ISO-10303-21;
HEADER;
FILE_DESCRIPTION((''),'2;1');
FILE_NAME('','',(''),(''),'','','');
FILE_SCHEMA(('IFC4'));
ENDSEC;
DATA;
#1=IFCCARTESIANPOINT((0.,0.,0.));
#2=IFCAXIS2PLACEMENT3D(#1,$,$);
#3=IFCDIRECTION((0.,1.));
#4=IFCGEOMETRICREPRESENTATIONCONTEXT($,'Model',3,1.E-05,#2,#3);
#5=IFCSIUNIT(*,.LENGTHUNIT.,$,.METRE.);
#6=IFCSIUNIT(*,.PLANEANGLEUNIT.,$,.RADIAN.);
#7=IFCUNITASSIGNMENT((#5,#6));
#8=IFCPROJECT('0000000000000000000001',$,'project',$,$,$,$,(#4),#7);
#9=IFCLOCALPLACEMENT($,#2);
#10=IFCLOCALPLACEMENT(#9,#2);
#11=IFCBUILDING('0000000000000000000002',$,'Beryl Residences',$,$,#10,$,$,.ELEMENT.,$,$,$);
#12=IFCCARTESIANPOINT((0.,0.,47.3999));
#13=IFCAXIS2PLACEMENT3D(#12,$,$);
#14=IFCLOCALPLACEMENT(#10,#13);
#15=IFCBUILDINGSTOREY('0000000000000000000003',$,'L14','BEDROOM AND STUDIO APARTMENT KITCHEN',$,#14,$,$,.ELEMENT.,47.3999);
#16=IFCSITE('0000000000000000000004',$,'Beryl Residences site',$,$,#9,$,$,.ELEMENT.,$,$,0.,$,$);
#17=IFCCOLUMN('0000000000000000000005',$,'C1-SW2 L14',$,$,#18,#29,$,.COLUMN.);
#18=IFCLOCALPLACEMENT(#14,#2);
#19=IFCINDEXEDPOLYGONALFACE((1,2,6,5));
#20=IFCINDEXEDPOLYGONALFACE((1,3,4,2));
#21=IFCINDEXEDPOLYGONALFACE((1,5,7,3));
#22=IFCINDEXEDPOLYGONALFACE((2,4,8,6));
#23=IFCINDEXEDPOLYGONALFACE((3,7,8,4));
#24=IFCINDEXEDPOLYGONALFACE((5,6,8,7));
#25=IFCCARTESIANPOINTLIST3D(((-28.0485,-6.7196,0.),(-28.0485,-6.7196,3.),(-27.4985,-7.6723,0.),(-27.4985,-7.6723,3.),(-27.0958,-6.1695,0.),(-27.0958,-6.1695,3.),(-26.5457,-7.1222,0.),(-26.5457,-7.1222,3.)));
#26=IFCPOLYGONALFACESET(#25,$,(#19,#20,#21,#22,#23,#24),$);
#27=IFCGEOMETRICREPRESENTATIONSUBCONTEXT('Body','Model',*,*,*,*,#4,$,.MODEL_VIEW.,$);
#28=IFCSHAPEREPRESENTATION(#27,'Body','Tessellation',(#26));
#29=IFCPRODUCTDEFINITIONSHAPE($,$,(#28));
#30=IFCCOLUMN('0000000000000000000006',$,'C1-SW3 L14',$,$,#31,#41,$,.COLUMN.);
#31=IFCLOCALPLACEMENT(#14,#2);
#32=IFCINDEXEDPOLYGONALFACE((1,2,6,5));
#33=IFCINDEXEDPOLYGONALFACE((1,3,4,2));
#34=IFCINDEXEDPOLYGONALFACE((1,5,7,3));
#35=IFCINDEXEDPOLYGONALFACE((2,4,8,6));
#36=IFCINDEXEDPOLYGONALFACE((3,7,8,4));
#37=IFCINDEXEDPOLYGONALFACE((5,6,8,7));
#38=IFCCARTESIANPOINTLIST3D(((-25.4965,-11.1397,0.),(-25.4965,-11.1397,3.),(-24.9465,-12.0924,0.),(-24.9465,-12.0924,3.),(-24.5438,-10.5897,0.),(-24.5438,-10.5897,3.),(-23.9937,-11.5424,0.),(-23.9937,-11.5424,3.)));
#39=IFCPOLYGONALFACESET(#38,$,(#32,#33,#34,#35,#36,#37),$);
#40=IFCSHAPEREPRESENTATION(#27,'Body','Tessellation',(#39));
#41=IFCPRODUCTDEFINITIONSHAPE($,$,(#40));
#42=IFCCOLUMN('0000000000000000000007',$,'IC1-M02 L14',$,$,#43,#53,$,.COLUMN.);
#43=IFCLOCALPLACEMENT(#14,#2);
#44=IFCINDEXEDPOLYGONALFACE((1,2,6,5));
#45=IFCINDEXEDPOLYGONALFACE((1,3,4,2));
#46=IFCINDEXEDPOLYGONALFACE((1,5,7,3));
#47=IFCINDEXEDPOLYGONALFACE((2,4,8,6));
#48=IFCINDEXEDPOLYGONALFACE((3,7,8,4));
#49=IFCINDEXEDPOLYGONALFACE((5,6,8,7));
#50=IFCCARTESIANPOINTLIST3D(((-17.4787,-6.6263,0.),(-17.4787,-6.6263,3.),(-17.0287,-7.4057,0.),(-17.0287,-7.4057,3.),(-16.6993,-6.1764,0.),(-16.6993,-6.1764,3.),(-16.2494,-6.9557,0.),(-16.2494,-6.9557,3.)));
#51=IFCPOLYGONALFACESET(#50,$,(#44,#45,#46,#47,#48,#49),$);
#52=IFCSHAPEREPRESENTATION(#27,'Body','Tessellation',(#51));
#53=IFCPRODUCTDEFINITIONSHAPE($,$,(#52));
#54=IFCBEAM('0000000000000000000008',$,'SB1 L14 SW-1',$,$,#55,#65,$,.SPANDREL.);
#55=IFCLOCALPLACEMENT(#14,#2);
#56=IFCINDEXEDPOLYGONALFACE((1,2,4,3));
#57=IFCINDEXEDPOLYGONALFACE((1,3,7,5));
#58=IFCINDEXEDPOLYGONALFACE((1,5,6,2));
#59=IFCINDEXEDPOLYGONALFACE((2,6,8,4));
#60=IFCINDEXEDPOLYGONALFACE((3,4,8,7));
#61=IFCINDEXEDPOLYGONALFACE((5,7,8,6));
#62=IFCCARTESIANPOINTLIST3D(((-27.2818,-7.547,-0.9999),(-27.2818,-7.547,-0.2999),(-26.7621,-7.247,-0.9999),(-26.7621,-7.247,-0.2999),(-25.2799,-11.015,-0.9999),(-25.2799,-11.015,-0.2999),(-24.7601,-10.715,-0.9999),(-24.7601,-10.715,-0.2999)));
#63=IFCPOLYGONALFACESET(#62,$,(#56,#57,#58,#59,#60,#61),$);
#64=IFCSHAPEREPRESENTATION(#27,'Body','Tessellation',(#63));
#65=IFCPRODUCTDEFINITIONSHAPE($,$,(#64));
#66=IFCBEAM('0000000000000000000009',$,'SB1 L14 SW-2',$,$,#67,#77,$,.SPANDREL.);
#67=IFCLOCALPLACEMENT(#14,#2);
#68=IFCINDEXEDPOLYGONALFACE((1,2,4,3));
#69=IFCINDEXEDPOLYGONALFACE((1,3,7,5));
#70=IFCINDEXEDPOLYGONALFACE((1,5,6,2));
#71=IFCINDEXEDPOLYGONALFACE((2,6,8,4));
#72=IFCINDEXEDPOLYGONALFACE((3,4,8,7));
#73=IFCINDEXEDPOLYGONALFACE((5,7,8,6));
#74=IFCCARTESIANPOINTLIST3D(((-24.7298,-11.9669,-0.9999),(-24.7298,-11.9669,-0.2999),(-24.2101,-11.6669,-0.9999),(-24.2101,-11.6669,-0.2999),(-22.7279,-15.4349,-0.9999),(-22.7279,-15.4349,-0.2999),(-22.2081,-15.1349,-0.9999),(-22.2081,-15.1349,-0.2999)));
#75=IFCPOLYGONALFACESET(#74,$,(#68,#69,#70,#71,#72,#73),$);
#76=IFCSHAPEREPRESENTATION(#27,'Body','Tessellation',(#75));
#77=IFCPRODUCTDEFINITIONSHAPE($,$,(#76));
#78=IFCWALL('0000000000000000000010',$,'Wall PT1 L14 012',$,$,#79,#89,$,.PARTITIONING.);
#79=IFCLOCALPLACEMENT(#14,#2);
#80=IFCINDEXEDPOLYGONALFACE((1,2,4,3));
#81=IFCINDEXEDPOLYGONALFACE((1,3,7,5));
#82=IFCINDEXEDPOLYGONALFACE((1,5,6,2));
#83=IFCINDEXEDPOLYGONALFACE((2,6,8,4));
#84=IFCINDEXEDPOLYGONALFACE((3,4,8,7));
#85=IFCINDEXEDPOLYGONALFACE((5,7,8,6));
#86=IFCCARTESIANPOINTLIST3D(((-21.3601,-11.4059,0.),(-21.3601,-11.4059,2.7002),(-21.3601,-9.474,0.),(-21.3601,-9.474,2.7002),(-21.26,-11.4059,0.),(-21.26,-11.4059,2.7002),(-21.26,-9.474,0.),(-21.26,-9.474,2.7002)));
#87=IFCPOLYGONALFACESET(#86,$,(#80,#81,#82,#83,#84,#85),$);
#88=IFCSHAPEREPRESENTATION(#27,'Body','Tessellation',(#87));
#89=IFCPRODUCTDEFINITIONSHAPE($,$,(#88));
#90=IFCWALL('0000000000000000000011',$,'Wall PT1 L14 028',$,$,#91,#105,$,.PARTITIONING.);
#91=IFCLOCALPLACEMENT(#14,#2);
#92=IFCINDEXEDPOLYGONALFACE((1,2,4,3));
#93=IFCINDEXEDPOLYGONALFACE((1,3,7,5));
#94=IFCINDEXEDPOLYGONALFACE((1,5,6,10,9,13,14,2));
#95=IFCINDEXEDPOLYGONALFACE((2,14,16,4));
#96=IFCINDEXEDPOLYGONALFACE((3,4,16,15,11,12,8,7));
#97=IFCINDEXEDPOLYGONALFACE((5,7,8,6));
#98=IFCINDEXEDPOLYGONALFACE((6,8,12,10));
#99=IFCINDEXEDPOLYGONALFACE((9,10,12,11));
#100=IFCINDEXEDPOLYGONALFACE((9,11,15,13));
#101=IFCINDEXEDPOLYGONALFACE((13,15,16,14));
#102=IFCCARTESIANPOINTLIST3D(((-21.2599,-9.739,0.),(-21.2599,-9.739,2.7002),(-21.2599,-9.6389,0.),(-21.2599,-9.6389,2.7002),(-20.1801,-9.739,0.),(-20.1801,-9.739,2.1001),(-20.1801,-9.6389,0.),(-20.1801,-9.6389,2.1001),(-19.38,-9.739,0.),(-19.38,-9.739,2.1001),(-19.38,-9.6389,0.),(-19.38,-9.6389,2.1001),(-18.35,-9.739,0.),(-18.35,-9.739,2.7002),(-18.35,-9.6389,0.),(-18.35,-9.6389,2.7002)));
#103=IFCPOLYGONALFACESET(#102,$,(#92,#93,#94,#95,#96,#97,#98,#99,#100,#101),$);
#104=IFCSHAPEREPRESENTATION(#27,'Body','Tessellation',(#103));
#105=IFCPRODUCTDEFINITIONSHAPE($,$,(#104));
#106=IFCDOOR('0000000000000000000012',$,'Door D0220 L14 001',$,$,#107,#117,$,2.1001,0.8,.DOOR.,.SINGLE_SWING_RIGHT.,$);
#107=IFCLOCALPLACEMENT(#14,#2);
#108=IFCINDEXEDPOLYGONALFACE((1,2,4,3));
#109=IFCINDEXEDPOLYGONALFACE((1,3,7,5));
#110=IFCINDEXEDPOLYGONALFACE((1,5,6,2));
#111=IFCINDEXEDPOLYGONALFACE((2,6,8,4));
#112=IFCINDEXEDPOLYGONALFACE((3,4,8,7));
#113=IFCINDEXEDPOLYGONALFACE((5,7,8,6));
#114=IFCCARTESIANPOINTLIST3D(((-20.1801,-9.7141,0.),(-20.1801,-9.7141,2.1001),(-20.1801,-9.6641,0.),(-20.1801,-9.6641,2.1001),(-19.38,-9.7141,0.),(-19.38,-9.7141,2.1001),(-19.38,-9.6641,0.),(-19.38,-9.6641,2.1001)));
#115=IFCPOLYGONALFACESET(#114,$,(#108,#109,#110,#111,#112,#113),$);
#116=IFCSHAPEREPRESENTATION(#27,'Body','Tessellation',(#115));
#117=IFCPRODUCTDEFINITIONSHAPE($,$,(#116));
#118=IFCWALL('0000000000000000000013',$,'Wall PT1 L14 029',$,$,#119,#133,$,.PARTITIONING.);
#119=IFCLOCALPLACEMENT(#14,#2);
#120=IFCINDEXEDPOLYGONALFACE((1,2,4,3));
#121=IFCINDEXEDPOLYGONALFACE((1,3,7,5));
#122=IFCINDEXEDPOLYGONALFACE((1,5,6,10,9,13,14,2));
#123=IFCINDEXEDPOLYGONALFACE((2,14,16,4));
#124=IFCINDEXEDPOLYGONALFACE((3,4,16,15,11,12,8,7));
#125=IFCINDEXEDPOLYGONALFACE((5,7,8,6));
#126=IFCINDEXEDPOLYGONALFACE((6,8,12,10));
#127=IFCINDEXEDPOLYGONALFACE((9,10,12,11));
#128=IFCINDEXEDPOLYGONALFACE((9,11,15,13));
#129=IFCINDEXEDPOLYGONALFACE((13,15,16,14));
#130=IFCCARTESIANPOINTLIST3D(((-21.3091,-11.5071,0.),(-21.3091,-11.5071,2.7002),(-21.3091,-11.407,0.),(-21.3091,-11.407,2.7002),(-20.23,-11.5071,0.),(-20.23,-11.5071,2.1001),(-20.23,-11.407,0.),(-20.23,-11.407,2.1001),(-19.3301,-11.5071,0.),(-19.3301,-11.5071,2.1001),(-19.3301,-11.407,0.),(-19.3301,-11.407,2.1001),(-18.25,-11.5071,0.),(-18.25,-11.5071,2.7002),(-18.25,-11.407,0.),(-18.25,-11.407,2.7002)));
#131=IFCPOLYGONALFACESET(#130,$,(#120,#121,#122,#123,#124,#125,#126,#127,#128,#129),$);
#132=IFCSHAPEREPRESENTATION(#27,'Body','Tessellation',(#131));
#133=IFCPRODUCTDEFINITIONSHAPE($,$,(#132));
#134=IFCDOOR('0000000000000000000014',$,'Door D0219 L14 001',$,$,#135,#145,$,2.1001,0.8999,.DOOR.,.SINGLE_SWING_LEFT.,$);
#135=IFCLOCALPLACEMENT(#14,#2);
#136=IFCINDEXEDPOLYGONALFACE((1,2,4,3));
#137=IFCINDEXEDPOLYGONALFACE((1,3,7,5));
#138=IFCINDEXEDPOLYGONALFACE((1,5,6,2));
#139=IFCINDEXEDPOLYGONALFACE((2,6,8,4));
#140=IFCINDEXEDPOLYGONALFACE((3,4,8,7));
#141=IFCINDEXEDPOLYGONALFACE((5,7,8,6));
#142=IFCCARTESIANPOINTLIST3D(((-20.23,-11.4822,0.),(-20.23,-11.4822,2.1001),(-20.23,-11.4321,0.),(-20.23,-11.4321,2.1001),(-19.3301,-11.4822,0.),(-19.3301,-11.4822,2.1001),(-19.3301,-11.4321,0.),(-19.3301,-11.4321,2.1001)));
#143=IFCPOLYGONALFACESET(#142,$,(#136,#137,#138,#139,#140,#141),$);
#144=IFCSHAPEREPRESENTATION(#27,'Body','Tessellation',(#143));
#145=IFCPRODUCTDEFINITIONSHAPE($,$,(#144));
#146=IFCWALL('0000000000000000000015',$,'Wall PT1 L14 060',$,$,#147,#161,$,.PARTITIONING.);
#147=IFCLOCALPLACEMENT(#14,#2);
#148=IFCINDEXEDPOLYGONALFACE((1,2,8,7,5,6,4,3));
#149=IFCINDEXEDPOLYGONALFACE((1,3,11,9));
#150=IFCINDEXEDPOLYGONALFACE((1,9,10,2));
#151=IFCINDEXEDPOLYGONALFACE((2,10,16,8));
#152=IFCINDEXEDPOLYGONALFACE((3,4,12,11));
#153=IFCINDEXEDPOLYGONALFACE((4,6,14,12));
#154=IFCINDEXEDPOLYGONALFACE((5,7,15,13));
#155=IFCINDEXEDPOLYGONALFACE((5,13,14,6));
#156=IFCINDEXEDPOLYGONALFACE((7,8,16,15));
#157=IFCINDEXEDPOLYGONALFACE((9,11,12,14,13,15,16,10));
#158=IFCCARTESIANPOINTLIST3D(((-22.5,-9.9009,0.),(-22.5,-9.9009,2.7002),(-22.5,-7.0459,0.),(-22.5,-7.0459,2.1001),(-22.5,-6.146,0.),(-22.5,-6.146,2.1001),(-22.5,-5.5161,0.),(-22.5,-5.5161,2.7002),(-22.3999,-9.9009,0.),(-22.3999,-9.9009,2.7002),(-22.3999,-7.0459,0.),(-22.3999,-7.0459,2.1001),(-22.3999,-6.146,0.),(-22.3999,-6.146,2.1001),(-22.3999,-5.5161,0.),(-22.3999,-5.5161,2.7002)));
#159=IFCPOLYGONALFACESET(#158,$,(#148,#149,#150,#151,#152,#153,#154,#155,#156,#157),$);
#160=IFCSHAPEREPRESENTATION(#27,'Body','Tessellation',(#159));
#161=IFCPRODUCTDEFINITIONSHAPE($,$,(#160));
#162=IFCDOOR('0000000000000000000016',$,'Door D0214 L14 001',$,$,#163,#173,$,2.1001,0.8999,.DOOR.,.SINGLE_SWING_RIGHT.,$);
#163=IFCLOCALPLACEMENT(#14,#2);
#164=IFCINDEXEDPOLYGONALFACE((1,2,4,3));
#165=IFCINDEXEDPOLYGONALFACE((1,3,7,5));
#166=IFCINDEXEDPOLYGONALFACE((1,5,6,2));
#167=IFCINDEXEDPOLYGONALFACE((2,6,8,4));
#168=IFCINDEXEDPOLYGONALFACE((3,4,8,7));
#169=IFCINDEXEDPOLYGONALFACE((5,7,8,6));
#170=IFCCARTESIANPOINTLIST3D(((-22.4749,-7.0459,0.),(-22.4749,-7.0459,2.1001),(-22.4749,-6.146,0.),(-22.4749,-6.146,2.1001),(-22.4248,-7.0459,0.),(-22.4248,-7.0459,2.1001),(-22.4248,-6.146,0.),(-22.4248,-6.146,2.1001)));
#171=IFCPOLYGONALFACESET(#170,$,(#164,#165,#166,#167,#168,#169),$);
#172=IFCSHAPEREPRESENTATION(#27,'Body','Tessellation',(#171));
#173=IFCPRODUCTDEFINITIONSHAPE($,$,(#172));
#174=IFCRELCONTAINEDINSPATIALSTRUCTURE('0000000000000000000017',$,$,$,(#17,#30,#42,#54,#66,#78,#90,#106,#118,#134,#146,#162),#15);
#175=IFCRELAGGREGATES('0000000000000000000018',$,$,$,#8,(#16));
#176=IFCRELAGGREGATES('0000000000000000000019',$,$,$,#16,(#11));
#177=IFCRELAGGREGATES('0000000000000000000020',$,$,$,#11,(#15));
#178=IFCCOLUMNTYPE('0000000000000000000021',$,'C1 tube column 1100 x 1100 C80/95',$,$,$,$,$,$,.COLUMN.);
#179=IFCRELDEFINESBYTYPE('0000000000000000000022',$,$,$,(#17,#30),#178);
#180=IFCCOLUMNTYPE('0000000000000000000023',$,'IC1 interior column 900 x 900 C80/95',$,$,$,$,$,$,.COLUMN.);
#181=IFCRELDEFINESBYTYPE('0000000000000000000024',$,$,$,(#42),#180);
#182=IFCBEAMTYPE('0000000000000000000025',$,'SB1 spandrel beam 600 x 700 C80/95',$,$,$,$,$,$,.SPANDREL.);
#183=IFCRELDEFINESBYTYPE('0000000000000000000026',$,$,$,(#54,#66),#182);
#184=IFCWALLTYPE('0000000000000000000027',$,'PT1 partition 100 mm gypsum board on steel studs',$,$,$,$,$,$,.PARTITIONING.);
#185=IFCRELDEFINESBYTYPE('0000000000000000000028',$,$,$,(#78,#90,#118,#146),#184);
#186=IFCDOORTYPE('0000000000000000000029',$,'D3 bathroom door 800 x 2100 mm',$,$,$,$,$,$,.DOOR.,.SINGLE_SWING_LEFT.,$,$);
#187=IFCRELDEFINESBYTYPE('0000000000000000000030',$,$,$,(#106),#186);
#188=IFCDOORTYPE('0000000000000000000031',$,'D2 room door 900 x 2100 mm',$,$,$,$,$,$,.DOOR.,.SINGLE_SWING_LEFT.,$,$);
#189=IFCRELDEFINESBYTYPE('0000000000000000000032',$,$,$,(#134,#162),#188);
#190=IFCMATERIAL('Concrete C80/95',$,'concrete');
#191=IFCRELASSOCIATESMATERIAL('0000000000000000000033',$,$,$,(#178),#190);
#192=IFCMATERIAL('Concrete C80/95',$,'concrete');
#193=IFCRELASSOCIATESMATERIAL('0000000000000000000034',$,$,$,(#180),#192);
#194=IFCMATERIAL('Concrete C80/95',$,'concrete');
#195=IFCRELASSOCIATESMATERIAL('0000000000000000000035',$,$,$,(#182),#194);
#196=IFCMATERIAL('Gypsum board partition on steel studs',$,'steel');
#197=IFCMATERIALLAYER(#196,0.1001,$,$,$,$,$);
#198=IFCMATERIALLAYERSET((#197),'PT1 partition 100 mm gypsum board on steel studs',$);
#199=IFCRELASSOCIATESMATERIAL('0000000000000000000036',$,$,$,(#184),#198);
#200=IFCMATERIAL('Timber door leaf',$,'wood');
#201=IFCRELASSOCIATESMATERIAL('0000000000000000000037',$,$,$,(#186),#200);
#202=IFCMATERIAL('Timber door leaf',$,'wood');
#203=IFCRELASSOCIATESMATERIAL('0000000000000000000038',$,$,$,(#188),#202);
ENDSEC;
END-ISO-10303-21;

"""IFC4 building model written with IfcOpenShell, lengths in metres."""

from ifc_helpers import new_model, si_unit, direction, frame, frame_2d, origin, origin_2d, place, context, subcontext, project, spatial, rectangle, extrude, material, layer, layer_set, material_profile, profile_set, type_object, element, fill, save


model = new_model("IFC4")

# Units and contexts
model_context = context("Model", 3, precision=1e-05, world=origin(), true_north=direction((0.0, 1.0)))
body_context = subcontext(model_context, "Body", "Model", "MODEL_VIEW")
ifc_project = project(units=[si_unit("LENGTHUNIT", "METRE"), si_unit("PLANEANGLEUNIT", "RADIAN")], contexts=[model_context])

# Site, building, storey
site_placement = place(None, origin())
site = spatial("IfcSite", under=ifc_project, at=site_placement, Name="Beryl Residences site", CompositionType="ELEMENT", RefElevation=0.0)
building_placement = place(site_placement, origin())
building = spatial("IfcBuilding", under=site, at=building_placement, Name="Beryl Residences", CompositionType="ELEMENT")
storey_placement = place(building_placement, frame((0.0, 0.0, 47.3999)))
storey = spatial("IfcBuildingStorey", under=building, at=storey_placement, Name="L14", Description="BEDROOM AND STUDIO APARTMENT KITCHEN", CompositionType="ELEMENT", Elevation=47.3999)

# Columns
ifc_material_1 = material(Name="Concrete C80/95", Category="concrete")
ifc_material_profile_1 = material_profile(ifc_material_1, rectangle(XDim=1.1001, YDim=1.1001, at=origin_2d()))
ifc_profile_set_1 = profile_set([ifc_material_profile_1], Name="Concrete C80/95")
column_type_1 = type_object("IfcColumnType", Name="C1 tube column 1100 x 1100 C80/95", PredefinedType="COLUMN", material=ifc_profile_set_1)
for number, where, z_axis, x_axis, name in (
    (1, (-27.2971, -6.9209, 0.0), (0.0, 0.0, 1.0), (0.499985, -0.866034, 0.0), "C1-SW2 L14"),
    (2, (-24.7451, -11.3411, 0.0), (0.0, 0.0, 1.0), (0.499985, -0.866034, 0.0), "C1-SW3 L14"),
):
    element("IfcColumn", number, at=place(storey_placement, frame(where, z_axis=z_axis, x_axis=x_axis)), inside=storey, type_object=column_type_1, Name=name, PredefinedType="COLUMN", context=body_context, shape_type="SweptSolid", body=[
        extrude(rectangle(XDim=1.1001, YDim=1.1001, at=origin_2d()), origin(), (0.0, 0.0, 1.0), 3.0),
    ])
ifc_material_2 = material(Name="Concrete C80/95", Category="concrete")
ifc_material_profile_2 = material_profile(ifc_material_2, rectangle(XDim=0.8999, YDim=0.8999, at=origin_2d()))
ifc_profile_set_2 = profile_set([ifc_material_profile_2], Name="Concrete C80/95")
column_type_2 = type_object("IfcColumnType", Name="IC1 interior column 900 x 900 C80/95", PredefinedType="COLUMN", material=ifc_profile_set_2)
column_placement = place(storey_placement, frame((-16.864, -6.791, 0.0), z_axis=(0.0, 0.0, 1.0), x_axis=(0.499985, -0.866034, 0.0)))
element("IfcColumn", 3, at=column_placement, inside=storey, type_object=column_type_2, Name="IC1-M02 L14", PredefinedType="COLUMN", context=body_context, shape_type="SweptSolid", body=[
    extrude(rectangle(XDim=0.8999, YDim=0.8999, at=origin_2d()), origin(), (0.0, 0.0, 1.0), 3.0),
])

# Beams
ifc_material_3 = material(Name="Concrete C80/95", Category="concrete")
ifc_material_profile_3 = material_profile(ifc_material_3, rectangle(XDim=0.6001, YDim=0.7, at=origin_2d()))
ifc_profile_set_3 = profile_set([ifc_material_profile_3], Name="Concrete C80/95")
beam_type = type_object("IfcBeamType", Name="SB1 spandrel beam 600 x 700 C80/95", PredefinedType="SPANDREL", material=ifc_profile_set_3)
for number, where, z_axis, x_axis, name in (
    (4, (-27.022, -7.397, -0.6499), (0.499942, -0.866059, 0.0), (0.866059, 0.499942, 0.0), "SB1 L14 SW-1"),
    (5, (-24.47, -11.8169, -0.6499), (0.499942, -0.866059, 0.0), (0.866059, 0.499942, 0.0), "SB1 L14 SW-2"),
):
    element("IfcBeam", number, at=place(storey_placement, frame(where, z_axis=z_axis, x_axis=x_axis)), inside=storey, type_object=beam_type, Name=name, PredefinedType="SPANDREL", context=body_context, shape_type="SweptSolid", body=[
        extrude(rectangle(XDim=0.6001, YDim=0.7, at=origin_2d()), origin(), (0.0, 0.0, 1.0), 4.0044),
    ])

# Wall
ifc_material_4 = material(Name="Gypsum board partition on steel studs", Category="steel")
ifc_layer_1 = layer(ifc_material_4, 0.1001)
ifc_layer_set_1 = layer_set([ifc_layer_1], Name="PT1 partition 100 mm gypsum board on steel studs")
wall_type_1 = type_object("IfcWallType", Name="PT1 partition 100 mm gypsum board on steel studs", PredefinedType="PARTITIONING", material=ifc_layer_set_1)
wall_1_placement = place(storey_placement, frame((-21.3101, -9.4741, 0.0), z_axis=(0.0, 0.0, 1.0), x_axis=(0.0, -1.0, 0.0)))
element("IfcWall", 6, at=wall_1_placement, inside=storey, type_object=wall_type_1, Name="Wall PT1 L14 012", PredefinedType="PARTITIONING", context=body_context, shape_type="SweptSolid", body=[
    extrude(rectangle(XDim=1.9319, YDim=0.1001, at=frame_2d((0.9658, 0.0))), origin(), (0.0, 0.0, 1.0), 2.7002),
])

# Walls, openings, doors
wall_2_placement = place(storey_placement, frame((-21.26, -9.689, 0.0), z_axis=(0.0, 0.0, 1.0), x_axis=(1.0, 0.0, 0.0)))
wall_2 = element("IfcWall", 7, at=wall_2_placement, inside=storey, type_object=wall_type_1, Name="Wall PT1 L14 028", PredefinedType="PARTITIONING", context=body_context, shape_type="SweptSolid", body=[
    extrude(rectangle(XDim=2.9099, YDim=0.1001, at=frame_2d((1.4551, 0.0))), origin(), (0.0, 0.0, 1.0), 2.7002),
])
opening_1_placement = place(wall_2_placement, frame((1.0801, 0.0, 0.0)))
opening_1 = element("IfcOpeningElement", 8, at=opening_1_placement, cuts=wall_2, PredefinedType="OPENING", context=body_context, shape_type="SweptSolid", body=[
    extrude(rectangle(XDim=0.8, YDim=2.1001, at=frame_2d((0.3999, 1.05))), frame((0.0, 0.0601, 0.0), z_axis=(0.0, -1.0, 0.0), x_axis=(1.0, 0.0, 0.0)), (0.0, 0.0, 1.0), 0.1201),
])
ifc_material_5 = material(Name="Timber door leaf", Category="wood")
door_type_1 = type_object("IfcDoorType", Name="D3 bathroom door 800 x 2100 mm", OperationType="SINGLE_SWING_LEFT", PredefinedType="DOOR", material=ifc_material_5)
door_1_placement = place(opening_1_placement, origin())
door_1 = element("IfcDoor", 9, at=door_1_placement, inside=storey, type_object=door_type_1, Name="Door D0220 L14 001", OperationType="SINGLE_SWING_RIGHT", OverallHeight=2.1001, OverallWidth=0.8, PredefinedType="DOOR", context=body_context, shape_type="SweptSolid", body=[
    extrude(rectangle(XDim=0.8, YDim=2.1001, at=frame_2d((0.3999, 1.05))), frame((0.0, 0.0249, 0.0), z_axis=(0.0, -1.0, 0.0), x_axis=(1.0, 0.0, 0.0)), (0.0, 0.0, 1.0), 0.05),
])
fill(opening_1, door_1)
wall_3_placement = place(storey_placement, frame((-21.3091, -11.457, 0.0), z_axis=(0.0, 0.0, 1.0), x_axis=(1.0, 0.0, 0.0)))
wall_3 = element("IfcWall", 10, at=wall_3_placement, inside=storey, type_object=wall_type_1, Name="Wall PT1 L14 029", PredefinedType="PARTITIONING", context=body_context, shape_type="SweptSolid", body=[
    extrude(rectangle(XDim=3.0591, YDim=0.1001, at=frame_2d((1.5295, 0.0))), origin(), (0.0, 0.0, 1.0), 2.7002),
])
opening_2_placement = place(wall_3_placement, frame((1.0791, 0.0, 0.0)))
opening_2 = element("IfcOpeningElement", 11, at=opening_2_placement, cuts=wall_3, PredefinedType="OPENING", context=body_context, shape_type="SweptSolid", body=[
    extrude(rectangle(XDim=0.8999, YDim=2.1001, at=frame_2d((0.45, 1.05))), frame((0.0, 0.0601, 0.0), z_axis=(0.0, -1.0, 0.0), x_axis=(1.0, 0.0, 0.0)), (0.0, 0.0, 1.0), 0.1201),
])
ifc_material_6 = material(Name="Timber door leaf", Category="wood")
door_type_2 = type_object("IfcDoorType", Name="D2 room door 900 x 2100 mm", OperationType="SINGLE_SWING_LEFT", PredefinedType="DOOR", material=ifc_material_6)
door_2_placement = place(opening_2_placement, origin())
door_2 = element("IfcDoor", 12, at=door_2_placement, inside=storey, type_object=door_type_2, Name="Door D0219 L14 001", OperationType="SINGLE_SWING_LEFT", OverallHeight=2.1001, OverallWidth=0.8999, PredefinedType="DOOR", context=body_context, shape_type="SweptSolid", body=[
    extrude(rectangle(XDim=0.8999, YDim=2.1001, at=frame_2d((0.45, 1.05))), frame((0.0, 0.0249, 0.0), z_axis=(0.0, -1.0, 0.0), x_axis=(1.0, 0.0, 0.0)), (0.0, 0.0, 1.0), 0.05),
])
fill(opening_2, door_2)
wall_4_placement = place(storey_placement, frame((-22.45, -9.9009, 0.0), z_axis=(0.0, 0.0, 1.0), x_axis=(0.0, 1.0, 0.0)))
wall_4 = element("IfcWall", 13, at=wall_4_placement, inside=storey, type_object=wall_type_1, Name="Wall PT1 L14 060", PredefinedType="PARTITIONING", context=body_context, shape_type="SweptSolid", body=[
    extrude(rectangle(XDim=4.3848, YDim=0.1001, at=frame_2d((2.1924, 0.0))), origin(), (0.0, 0.0, 1.0), 2.7002),
])
opening_3_placement = place(wall_4_placement, frame((2.855, 0.0, 0.0)))
opening_3 = element("IfcOpeningElement", 14, at=opening_3_placement, cuts=wall_4, PredefinedType="OPENING", context=body_context, shape_type="SweptSolid", body=[
    extrude(rectangle(XDim=0.8999, YDim=2.1001, at=frame_2d((0.45, 1.05))), frame((0.0, 0.0601, 0.0), z_axis=(0.0, -1.0, 0.0), x_axis=(1.0, 0.0, 0.0)), (0.0, 0.0, 1.0), 0.1201),
])
door_3_placement = place(opening_3_placement, origin())
door_3 = element("IfcDoor", 15, at=door_3_placement, inside=storey, type_object=door_type_2, Name="Door D0214 L14 001", OperationType="SINGLE_SWING_RIGHT", OverallHeight=2.1001, OverallWidth=0.8999, PredefinedType="DOOR", context=body_context, shape_type="SweptSolid", body=[
    extrude(rectangle(XDim=0.8999, YDim=2.1001, at=frame_2d((0.45, 1.05))), frame((0.0, 0.0249, 0.0), z_axis=(0.0, -1.0, 0.0), x_axis=(1.0, 0.0, 0.0)), (0.0, 0.0, 1.0), 0.05),
])
fill(opening_3, door_3)

save(model, "model.ifc")
